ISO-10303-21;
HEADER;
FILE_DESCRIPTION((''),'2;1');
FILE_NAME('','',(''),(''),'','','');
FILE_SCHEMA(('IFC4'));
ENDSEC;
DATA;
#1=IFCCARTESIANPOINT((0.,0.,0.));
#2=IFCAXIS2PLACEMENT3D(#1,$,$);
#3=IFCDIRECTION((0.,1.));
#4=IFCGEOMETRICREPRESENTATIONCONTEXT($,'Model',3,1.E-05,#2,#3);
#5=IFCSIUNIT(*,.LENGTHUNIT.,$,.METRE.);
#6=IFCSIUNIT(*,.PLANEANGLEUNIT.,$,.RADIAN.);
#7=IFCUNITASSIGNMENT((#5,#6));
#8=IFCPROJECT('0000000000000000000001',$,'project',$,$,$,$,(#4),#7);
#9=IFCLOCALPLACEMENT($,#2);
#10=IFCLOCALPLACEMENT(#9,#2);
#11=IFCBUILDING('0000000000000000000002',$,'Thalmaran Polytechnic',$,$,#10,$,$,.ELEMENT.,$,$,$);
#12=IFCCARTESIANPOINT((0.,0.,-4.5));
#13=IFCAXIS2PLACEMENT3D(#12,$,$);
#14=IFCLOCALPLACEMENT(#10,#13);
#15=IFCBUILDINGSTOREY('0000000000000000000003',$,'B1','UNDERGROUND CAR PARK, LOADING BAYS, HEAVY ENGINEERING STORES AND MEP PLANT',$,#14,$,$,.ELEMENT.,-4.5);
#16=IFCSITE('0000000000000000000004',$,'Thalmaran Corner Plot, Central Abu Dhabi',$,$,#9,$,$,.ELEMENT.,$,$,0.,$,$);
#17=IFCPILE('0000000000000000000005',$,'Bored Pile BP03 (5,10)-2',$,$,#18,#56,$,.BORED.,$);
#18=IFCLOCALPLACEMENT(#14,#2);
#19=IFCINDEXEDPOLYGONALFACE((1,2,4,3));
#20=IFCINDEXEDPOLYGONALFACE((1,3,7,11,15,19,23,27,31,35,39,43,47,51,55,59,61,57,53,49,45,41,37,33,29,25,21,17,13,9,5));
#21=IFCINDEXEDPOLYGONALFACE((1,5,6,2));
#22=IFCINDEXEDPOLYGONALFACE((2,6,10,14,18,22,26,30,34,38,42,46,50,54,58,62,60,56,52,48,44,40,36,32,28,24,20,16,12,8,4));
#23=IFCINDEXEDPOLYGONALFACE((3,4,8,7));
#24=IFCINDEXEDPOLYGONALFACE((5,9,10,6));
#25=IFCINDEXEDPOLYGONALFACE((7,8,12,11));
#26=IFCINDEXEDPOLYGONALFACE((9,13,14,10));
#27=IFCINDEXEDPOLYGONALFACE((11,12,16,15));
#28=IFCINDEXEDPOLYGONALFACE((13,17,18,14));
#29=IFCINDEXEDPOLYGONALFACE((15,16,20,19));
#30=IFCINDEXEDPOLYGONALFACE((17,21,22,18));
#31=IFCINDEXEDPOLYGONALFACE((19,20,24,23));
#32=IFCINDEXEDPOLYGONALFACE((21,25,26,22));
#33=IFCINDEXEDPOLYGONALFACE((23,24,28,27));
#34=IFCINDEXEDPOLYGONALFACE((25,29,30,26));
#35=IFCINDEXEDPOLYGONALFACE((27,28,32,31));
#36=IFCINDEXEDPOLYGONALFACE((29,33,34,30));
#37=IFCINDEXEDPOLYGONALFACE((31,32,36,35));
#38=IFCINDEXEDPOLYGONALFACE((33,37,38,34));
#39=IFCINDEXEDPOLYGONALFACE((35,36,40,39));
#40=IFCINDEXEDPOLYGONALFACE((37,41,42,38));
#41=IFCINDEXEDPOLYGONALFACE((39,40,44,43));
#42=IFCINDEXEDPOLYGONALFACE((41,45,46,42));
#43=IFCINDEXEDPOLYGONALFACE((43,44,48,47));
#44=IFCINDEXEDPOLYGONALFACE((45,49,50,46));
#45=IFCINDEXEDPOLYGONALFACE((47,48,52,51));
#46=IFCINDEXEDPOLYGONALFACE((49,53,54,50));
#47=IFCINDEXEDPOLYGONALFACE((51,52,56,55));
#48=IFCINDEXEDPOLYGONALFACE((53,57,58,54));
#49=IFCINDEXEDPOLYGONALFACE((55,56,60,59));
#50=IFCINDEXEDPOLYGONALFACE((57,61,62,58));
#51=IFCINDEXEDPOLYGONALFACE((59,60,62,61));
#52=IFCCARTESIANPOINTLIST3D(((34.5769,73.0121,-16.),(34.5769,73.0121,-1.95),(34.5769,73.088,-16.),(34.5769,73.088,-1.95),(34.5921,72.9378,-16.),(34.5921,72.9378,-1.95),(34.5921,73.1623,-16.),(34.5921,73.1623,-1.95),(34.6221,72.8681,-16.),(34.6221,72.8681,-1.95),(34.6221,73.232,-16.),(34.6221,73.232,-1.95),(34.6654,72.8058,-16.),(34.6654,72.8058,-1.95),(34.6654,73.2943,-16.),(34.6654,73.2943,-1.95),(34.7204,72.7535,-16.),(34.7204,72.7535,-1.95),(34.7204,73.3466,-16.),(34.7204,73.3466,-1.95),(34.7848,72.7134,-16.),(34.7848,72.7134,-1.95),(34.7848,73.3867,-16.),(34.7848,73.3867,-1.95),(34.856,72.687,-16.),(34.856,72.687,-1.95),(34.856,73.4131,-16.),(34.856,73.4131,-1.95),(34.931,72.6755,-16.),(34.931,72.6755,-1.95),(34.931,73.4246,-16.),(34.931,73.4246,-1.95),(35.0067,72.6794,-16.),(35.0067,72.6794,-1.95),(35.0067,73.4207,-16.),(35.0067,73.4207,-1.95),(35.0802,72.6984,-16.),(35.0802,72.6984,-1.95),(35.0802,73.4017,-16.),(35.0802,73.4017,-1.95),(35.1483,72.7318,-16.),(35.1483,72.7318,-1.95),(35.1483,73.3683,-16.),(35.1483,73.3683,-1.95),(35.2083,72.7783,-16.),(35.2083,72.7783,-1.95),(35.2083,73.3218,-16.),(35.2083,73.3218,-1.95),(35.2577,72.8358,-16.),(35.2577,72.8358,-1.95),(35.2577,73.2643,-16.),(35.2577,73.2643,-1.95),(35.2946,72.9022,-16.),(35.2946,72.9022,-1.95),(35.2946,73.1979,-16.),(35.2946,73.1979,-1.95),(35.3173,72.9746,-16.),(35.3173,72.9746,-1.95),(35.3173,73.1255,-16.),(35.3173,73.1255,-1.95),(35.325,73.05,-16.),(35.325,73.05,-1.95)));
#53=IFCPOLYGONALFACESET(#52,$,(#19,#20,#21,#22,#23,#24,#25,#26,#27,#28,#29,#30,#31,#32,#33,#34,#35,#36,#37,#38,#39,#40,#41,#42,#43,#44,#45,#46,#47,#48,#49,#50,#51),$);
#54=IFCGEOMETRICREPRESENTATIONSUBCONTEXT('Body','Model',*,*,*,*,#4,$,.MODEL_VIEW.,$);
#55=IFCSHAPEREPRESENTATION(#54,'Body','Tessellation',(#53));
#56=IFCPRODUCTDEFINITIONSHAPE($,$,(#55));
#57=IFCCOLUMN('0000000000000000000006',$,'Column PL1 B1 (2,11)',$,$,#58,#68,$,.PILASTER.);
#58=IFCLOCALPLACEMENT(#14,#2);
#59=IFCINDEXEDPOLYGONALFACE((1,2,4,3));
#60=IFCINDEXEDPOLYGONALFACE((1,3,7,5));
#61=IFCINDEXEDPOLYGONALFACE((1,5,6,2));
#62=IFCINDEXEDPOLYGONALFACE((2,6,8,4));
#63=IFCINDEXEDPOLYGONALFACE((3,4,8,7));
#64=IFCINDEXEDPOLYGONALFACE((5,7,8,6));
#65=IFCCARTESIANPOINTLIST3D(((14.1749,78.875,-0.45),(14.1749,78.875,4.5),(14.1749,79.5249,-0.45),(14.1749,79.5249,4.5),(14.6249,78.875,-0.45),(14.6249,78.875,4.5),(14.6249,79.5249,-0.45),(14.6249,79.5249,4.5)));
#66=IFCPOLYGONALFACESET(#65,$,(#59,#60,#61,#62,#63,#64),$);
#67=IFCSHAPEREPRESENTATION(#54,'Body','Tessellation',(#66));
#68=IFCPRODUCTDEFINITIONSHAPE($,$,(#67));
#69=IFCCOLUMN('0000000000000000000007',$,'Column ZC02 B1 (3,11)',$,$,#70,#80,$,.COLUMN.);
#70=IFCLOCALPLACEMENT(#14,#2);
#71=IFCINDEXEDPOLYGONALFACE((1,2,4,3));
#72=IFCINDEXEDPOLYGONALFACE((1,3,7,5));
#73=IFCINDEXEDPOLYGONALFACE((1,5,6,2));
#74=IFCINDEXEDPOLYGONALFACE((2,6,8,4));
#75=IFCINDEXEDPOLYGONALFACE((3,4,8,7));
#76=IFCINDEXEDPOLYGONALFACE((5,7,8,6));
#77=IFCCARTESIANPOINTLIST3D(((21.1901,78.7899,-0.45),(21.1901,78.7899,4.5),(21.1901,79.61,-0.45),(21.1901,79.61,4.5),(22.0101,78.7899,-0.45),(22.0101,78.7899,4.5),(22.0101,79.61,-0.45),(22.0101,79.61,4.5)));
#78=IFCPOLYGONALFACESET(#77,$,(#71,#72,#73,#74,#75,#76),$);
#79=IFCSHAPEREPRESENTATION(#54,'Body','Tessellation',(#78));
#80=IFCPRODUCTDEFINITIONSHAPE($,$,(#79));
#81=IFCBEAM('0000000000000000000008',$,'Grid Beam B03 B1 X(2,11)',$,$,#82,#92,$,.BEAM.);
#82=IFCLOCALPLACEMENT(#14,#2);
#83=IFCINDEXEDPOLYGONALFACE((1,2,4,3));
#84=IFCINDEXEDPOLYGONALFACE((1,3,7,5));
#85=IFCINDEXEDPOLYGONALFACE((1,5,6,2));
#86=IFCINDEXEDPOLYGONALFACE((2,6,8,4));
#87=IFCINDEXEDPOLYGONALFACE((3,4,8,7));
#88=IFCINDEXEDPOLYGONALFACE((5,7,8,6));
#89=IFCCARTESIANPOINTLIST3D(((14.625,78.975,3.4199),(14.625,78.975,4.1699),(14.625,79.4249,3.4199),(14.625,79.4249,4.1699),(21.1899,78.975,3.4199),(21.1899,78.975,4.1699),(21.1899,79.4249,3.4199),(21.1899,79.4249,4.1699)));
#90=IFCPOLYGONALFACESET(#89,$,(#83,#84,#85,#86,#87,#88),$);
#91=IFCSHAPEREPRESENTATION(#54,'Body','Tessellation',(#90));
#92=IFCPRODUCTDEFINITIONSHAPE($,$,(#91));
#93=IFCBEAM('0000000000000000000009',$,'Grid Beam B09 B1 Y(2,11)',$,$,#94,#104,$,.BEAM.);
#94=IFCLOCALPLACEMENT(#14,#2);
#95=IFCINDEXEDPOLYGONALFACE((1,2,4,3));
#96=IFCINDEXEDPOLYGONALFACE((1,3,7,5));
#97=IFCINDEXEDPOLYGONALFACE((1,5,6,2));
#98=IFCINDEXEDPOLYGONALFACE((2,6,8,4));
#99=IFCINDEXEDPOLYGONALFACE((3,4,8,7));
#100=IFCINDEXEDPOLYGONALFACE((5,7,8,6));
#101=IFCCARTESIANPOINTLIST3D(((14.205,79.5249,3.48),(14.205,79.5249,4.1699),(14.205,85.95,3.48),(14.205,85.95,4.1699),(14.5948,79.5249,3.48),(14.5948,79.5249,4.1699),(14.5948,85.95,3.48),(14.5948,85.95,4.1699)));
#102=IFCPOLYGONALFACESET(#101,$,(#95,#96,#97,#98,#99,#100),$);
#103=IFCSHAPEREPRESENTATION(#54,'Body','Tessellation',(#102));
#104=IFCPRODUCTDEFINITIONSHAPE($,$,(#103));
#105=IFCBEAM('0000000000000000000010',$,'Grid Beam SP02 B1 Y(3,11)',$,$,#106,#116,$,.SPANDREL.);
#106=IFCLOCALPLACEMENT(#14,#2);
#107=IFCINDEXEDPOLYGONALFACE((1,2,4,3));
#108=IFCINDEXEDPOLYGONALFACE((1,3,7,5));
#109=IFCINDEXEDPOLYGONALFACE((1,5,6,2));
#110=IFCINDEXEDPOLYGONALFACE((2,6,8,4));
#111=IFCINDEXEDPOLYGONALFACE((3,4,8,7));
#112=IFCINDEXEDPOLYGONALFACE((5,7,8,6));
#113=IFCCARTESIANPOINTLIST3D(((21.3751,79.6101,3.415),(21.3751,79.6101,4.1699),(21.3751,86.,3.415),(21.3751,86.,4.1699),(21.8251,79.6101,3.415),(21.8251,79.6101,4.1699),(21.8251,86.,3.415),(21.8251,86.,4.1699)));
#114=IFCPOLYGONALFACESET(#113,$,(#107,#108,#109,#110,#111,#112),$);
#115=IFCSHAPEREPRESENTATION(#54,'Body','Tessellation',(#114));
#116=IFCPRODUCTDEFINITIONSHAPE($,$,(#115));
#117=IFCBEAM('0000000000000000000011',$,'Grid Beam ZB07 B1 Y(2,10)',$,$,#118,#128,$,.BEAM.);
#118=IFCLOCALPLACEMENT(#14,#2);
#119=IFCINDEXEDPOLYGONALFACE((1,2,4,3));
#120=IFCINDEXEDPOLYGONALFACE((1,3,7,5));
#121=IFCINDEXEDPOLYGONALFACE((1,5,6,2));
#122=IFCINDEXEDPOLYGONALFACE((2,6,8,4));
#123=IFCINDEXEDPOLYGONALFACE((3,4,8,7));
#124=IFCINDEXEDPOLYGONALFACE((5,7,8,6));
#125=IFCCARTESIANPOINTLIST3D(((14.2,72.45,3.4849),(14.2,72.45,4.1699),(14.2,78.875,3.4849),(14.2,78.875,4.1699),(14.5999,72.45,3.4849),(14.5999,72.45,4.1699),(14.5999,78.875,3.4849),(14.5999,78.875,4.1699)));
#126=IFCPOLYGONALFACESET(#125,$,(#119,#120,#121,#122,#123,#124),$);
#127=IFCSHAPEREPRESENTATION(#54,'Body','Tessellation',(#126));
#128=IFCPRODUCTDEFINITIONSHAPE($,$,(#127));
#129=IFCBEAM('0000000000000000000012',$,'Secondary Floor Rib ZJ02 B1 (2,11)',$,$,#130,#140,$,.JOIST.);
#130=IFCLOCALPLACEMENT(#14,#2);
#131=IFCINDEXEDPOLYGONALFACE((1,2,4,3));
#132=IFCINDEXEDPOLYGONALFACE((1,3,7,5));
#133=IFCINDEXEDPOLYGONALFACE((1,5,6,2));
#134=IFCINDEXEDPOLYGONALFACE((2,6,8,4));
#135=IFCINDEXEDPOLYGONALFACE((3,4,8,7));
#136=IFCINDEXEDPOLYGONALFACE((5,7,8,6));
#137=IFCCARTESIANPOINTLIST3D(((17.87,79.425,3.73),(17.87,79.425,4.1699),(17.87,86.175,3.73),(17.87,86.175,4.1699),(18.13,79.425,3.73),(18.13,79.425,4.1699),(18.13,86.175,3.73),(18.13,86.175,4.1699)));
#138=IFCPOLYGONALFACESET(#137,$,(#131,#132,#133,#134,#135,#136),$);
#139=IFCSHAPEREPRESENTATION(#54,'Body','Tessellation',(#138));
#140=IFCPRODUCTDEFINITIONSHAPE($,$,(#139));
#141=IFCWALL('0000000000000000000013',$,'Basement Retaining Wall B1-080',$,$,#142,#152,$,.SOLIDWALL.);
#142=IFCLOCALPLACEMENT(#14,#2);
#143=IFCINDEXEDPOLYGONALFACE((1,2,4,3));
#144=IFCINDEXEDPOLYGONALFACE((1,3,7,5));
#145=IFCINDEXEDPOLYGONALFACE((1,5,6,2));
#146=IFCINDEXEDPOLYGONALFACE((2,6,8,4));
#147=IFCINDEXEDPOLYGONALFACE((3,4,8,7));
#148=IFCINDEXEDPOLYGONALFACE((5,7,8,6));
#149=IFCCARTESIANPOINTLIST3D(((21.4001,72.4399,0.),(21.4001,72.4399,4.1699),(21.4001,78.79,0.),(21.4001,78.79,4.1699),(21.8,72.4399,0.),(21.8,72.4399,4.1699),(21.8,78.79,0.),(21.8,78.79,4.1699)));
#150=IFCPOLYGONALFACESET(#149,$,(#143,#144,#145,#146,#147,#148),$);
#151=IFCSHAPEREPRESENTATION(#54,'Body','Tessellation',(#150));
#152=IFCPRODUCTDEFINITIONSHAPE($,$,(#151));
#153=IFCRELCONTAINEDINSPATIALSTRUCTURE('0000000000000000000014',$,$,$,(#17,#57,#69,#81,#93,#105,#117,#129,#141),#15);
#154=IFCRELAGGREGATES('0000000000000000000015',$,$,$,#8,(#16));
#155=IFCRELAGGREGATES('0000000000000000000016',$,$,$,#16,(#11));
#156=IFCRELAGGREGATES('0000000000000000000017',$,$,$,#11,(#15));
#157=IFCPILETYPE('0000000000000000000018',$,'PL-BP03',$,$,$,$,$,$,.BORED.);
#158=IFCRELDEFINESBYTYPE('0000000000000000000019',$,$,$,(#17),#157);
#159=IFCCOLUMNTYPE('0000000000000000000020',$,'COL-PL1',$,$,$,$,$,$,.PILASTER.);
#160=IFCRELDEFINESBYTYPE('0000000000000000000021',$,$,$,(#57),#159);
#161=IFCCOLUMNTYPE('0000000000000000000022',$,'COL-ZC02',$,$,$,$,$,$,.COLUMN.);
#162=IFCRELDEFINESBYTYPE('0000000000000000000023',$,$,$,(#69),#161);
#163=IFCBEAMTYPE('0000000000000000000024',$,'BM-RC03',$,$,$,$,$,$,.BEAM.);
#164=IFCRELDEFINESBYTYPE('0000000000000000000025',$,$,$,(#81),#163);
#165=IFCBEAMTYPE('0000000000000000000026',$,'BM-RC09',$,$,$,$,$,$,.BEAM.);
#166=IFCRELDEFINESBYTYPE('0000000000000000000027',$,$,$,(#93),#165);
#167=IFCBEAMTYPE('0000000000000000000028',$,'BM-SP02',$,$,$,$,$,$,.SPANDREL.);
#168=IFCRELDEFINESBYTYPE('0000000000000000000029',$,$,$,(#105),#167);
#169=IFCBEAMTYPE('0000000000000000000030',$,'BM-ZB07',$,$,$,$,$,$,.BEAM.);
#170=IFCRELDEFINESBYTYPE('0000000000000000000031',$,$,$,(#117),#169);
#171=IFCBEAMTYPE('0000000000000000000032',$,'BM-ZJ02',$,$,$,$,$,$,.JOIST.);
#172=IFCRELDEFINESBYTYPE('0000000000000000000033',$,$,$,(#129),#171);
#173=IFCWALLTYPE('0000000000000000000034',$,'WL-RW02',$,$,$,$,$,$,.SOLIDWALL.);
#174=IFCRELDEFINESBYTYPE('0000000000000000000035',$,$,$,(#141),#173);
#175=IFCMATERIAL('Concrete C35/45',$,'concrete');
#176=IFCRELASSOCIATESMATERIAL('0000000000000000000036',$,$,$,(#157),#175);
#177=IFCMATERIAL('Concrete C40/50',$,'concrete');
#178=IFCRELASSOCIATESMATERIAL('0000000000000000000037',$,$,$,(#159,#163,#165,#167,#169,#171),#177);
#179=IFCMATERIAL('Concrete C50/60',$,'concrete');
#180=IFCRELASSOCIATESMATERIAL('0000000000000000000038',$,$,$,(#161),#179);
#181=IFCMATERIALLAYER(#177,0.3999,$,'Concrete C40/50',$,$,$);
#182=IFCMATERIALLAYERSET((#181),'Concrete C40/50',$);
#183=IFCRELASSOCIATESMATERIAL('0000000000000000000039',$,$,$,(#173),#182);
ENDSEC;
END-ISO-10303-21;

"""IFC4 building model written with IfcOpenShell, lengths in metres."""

from ifc_helpers import new_model, si_unit, direction, frame, frame_2d, origin, origin_2d, place, context, subcontext, project, spatial, rectangle, circle, extrude, material, layer, layer_set, material_profile, profile_set, type_object, element, save


model = new_model("IFC4")

# Units and contexts
model_context = context("Model", 3, precision=1e-05, world=origin(), true_north=direction((0.0, 1.0)))
body_context = subcontext(model_context, "Body", "Model", "MODEL_VIEW")
ifc_project = project(units=[si_unit("LENGTHUNIT", "METRE"), si_unit("PLANEANGLEUNIT", "RADIAN")], contexts=[model_context])

# Site, building, storey
site_placement = place(None, origin())
site = spatial("IfcSite", under=ifc_project, at=site_placement, Name="Thalmaran Corner Plot, Central Abu Dhabi", CompositionType="ELEMENT", RefElevation=0.0)
building_placement = place(site_placement, origin())
building = spatial("IfcBuilding", under=site, at=building_placement, Name="Thalmaran Polytechnic", CompositionType="ELEMENT")
storey_placement = place(building_placement, frame((0.0, 0.0, -4.5)))
storey = spatial("IfcBuildingStorey", under=building, at=storey_placement, Name="B1", Description="UNDERGROUND CAR PARK, LOADING BAYS, HEAVY ENGINEERING STORES AND MEP PLANT", CompositionType="ELEMENT", Elevation=-4.5)

# Shared definitions
ifc_material_1 = material(Name="Concrete C40/50", Category="concrete")

# Pile
ifc_material_2 = material(Name="Concrete C35/45", Category="concrete")
ifc_material_profile_1 = material_profile(ifc_material_2, circle(Radius=0.375, at=origin_2d()), Name="RC 750 DIA")
ifc_profile_set_1 = profile_set([ifc_material_profile_1], Name="Concrete C35/45")
pile_type_1 = type_object("IfcPileType", Name="PL-BP03", PredefinedType="BORED", material=ifc_profile_set_1)
for number, where, z_axis, x_axis, name in (
    (1, (34.95, 73.05, -1.95), (0.0, 0.0, -1.0), (1.0, 0.0, 0.0), "Bored Pile BP03 (5,10)-2"),
):
    element("IfcPile", number, at=place(storey_placement, frame(where, z_axis=z_axis, x_axis=x_axis)), inside=storey, type_object=pile_type_1, Name=name, PredefinedType="BORED", context=body_context, shape_type="SweptSolid", body=[
        extrude(circle(Radius=0.375, at=origin_2d()), origin(), (0.0, 0.0, 1.0), 14.05),
    ])

# Columns
ifc_material_profile_2 = material_profile(ifc_material_1, rectangle(XDim=0.45, YDim=0.6499, at=origin_2d()), Name="RC 450x650")
ifc_profile_set_2 = profile_set([ifc_material_profile_2], Name="Concrete C40/50")
column_type_1 = type_object("IfcColumnType", Name="COL-PL1", PredefinedType="PILASTER", material=ifc_profile_set_2)
column_1_placement = place(storey_placement, frame((14.3999, 79.2, -0.45), z_axis=(0.0, 0.0, 1.0), x_axis=(1.0, 0.0, 0.0)))
element("IfcColumn", 2, at=column_1_placement, inside=storey, type_object=column_type_1, Name="Column PL1 B1 (2,11)", PredefinedType="PILASTER", context=body_context, shape_type="SweptSolid", body=[
    extrude(rectangle(XDim=0.45, YDim=0.6499, at=origin_2d()), origin(), (0.0, 0.0, 1.0), 4.95),
])
ifc_material_3 = material(Name="Concrete C50/60", Category="concrete")
ifc_material_profile_3 = material_profile(ifc_material_3, rectangle(XDim=0.8201, YDim=0.8201, at=origin_2d()), Name="RC 820x820")
ifc_profile_set_3 = profile_set([ifc_material_profile_3], Name="Concrete C50/60")
column_type_2 = type_object("IfcColumnType", Name="COL-ZC02", PredefinedType="COLUMN", material=ifc_profile_set_3)
column_2_placement = place(storey_placement, frame((21.6001, 79.2, -0.45), z_axis=(0.0, 0.0, 1.0), x_axis=(1.0, 0.0, 0.0)))
element("IfcColumn", 3, at=column_2_placement, inside=storey, type_object=column_type_2, Name="Column ZC02 B1 (3,11)", PredefinedType="COLUMN", context=body_context, shape_type="SweptSolid", body=[
    extrude(rectangle(XDim=0.8201, YDim=0.8201, at=origin_2d()), origin(), (0.0, 0.0, 1.0), 4.95),
])

# Beams
ifc_material_profile_4 = material_profile(ifc_material_1, rectangle(XDim=0.45, YDim=0.75, at=origin_2d()), Name="RC 450x750")
ifc_profile_set_4 = profile_set([ifc_material_profile_4], Name="Concrete C40/50")
beam_type_1 = type_object("IfcBeamType", Name="BM-RC03", PredefinedType="BEAM", material=ifc_profile_set_4)
beam_1_placement = place(storey_placement, frame((14.625, 79.2, 3.7949), z_axis=(1.0, 0.0, 0.0), x_axis=(0.0, 1.0, 0.0)))
element("IfcBeam", 4, at=beam_1_placement, inside=storey, type_object=beam_type_1, Name="Grid Beam B03 B1 X(2,11)", PredefinedType="BEAM", context=body_context, shape_type="SweptSolid", body=[
    extrude(rectangle(XDim=0.45, YDim=0.75, at=origin_2d()), origin(), (0.0, 0.0, 1.0), 6.5649),
])
ifc_material_profile_5 = material_profile(ifc_material_1, rectangle(XDim=0.3899, YDim=0.6899, at=origin_2d()), Name="RC 390x690")
ifc_profile_set_5 = profile_set([ifc_material_profile_5], Name="Concrete C40/50")
beam_type_2 = type_object("IfcBeamType", Name="BM-RC09", PredefinedType="BEAM", material=ifc_profile_set_5)
beam_2_placement = place(storey_placement, frame((14.3999, 79.5249, 3.825), z_axis=(0.0, 1.0, 0.0), x_axis=(-1.0, 0.0, 0.0)))
element("IfcBeam", 5, at=beam_2_placement, inside=storey, type_object=beam_type_2, Name="Grid Beam B09 B1 Y(2,11)", PredefinedType="BEAM", context=body_context, shape_type="SweptSolid", body=[
    extrude(rectangle(XDim=0.3899, YDim=0.6899, at=origin_2d()), origin(), (0.0, 0.0, 1.0), 6.425),
])
ifc_material_profile_6 = material_profile(ifc_material_1, rectangle(XDim=0.45, YDim=0.7549, at=origin_2d()), Name="RC 450x755")
ifc_profile_set_6 = profile_set([ifc_material_profile_6], Name="Concrete C40/50")
beam_type_3 = type_object("IfcBeamType", Name="BM-SP02", PredefinedType="SPANDREL", material=ifc_profile_set_6)
beam_3_placement = place(storey_placement, frame((21.6001, 79.6101, 3.7925), z_axis=(0.0, 1.0, 0.0), x_axis=(-1.0, 0.0, 0.0)))
element("IfcBeam", 6, at=beam_3_placement, inside=storey, type_object=beam_type_3, Name="Grid Beam SP02 B1 Y(3,11)", PredefinedType="SPANDREL", context=body_context, shape_type="SweptSolid", body=[
    extrude(rectangle(XDim=0.45, YDim=0.7549, at=origin_2d()), origin(), (0.0, 0.0, 1.0), 6.3899),
])
ifc_material_profile_7 = material_profile(ifc_material_1, rectangle(XDim=0.3999, YDim=0.6851, at=origin_2d()), Name="RC 400x685")
ifc_profile_set_7 = profile_set([ifc_material_profile_7], Name="Concrete C40/50")
beam_type_4 = type_object("IfcBeamType", Name="BM-ZB07", PredefinedType="BEAM", material=ifc_profile_set_7)
beam_4_placement = place(storey_placement, frame((14.3999, 72.45, 3.8274), z_axis=(0.0, 1.0, 0.0), x_axis=(-1.0, 0.0, 0.0)))
element("IfcBeam", 7, at=beam_4_placement, inside=storey, type_object=beam_type_4, Name="Grid Beam ZB07 B1 Y(2,10)", PredefinedType="BEAM", context=body_context, shape_type="SweptSolid", body=[
    extrude(rectangle(XDim=0.3999, YDim=0.6851, at=origin_2d()), origin(), (0.0, 0.0, 1.0), 6.425),
])
ifc_material_profile_8 = material_profile(ifc_material_1, rectangle(XDim=0.26, YDim=0.4399, at=origin_2d()), Name="RC 260x440")
ifc_profile_set_8 = profile_set([ifc_material_profile_8], Name="Concrete C40/50")
beam_type_5 = type_object("IfcBeamType", Name="BM-ZJ02", PredefinedType="JOIST", material=ifc_profile_set_8)
beam_5_placement = place(storey_placement, frame((18.0, 79.425, 3.95), z_axis=(0.0, 1.0, 0.0), x_axis=(-1.0, 0.0, 0.0)))
element("IfcBeam", 8, at=beam_5_placement, inside=storey, type_object=beam_type_5, Name="Secondary Floor Rib ZJ02 B1 (2,11)", PredefinedType="JOIST", context=body_context, shape_type="SweptSolid", body=[
    extrude(rectangle(XDim=0.26, YDim=0.4399, at=origin_2d()), origin(), (0.0, 0.0, 1.0), 6.75),
])

# Wall
ifc_layer = layer(ifc_material_1, 0.3999, Name="Concrete C40/50")
ifc_layer_set = layer_set([ifc_layer], Name="Concrete C40/50")
wall_type = type_object("IfcWallType", Name="WL-RW02", PredefinedType="SOLIDWALL", material=ifc_layer_set)
wall_placement = place(storey_placement, frame((21.6001, 78.79, 0.0), z_axis=(0.0, 0.0, 1.0), x_axis=(0.0, -1.0, 0.0)))
element("IfcWall", 9, at=wall_placement, inside=storey, type_object=wall_type, Name="Basement Retaining Wall B1-080", PredefinedType="SOLIDWALL", context=body_context, shape_type="SweptSolid", body=[
    extrude(rectangle(XDim=6.3501, YDim=0.3999, at=frame_2d((3.175, 0.0))), origin(), (0.0, 0.0, 1.0), 4.1699),
])

save(model, "model.ifc")
